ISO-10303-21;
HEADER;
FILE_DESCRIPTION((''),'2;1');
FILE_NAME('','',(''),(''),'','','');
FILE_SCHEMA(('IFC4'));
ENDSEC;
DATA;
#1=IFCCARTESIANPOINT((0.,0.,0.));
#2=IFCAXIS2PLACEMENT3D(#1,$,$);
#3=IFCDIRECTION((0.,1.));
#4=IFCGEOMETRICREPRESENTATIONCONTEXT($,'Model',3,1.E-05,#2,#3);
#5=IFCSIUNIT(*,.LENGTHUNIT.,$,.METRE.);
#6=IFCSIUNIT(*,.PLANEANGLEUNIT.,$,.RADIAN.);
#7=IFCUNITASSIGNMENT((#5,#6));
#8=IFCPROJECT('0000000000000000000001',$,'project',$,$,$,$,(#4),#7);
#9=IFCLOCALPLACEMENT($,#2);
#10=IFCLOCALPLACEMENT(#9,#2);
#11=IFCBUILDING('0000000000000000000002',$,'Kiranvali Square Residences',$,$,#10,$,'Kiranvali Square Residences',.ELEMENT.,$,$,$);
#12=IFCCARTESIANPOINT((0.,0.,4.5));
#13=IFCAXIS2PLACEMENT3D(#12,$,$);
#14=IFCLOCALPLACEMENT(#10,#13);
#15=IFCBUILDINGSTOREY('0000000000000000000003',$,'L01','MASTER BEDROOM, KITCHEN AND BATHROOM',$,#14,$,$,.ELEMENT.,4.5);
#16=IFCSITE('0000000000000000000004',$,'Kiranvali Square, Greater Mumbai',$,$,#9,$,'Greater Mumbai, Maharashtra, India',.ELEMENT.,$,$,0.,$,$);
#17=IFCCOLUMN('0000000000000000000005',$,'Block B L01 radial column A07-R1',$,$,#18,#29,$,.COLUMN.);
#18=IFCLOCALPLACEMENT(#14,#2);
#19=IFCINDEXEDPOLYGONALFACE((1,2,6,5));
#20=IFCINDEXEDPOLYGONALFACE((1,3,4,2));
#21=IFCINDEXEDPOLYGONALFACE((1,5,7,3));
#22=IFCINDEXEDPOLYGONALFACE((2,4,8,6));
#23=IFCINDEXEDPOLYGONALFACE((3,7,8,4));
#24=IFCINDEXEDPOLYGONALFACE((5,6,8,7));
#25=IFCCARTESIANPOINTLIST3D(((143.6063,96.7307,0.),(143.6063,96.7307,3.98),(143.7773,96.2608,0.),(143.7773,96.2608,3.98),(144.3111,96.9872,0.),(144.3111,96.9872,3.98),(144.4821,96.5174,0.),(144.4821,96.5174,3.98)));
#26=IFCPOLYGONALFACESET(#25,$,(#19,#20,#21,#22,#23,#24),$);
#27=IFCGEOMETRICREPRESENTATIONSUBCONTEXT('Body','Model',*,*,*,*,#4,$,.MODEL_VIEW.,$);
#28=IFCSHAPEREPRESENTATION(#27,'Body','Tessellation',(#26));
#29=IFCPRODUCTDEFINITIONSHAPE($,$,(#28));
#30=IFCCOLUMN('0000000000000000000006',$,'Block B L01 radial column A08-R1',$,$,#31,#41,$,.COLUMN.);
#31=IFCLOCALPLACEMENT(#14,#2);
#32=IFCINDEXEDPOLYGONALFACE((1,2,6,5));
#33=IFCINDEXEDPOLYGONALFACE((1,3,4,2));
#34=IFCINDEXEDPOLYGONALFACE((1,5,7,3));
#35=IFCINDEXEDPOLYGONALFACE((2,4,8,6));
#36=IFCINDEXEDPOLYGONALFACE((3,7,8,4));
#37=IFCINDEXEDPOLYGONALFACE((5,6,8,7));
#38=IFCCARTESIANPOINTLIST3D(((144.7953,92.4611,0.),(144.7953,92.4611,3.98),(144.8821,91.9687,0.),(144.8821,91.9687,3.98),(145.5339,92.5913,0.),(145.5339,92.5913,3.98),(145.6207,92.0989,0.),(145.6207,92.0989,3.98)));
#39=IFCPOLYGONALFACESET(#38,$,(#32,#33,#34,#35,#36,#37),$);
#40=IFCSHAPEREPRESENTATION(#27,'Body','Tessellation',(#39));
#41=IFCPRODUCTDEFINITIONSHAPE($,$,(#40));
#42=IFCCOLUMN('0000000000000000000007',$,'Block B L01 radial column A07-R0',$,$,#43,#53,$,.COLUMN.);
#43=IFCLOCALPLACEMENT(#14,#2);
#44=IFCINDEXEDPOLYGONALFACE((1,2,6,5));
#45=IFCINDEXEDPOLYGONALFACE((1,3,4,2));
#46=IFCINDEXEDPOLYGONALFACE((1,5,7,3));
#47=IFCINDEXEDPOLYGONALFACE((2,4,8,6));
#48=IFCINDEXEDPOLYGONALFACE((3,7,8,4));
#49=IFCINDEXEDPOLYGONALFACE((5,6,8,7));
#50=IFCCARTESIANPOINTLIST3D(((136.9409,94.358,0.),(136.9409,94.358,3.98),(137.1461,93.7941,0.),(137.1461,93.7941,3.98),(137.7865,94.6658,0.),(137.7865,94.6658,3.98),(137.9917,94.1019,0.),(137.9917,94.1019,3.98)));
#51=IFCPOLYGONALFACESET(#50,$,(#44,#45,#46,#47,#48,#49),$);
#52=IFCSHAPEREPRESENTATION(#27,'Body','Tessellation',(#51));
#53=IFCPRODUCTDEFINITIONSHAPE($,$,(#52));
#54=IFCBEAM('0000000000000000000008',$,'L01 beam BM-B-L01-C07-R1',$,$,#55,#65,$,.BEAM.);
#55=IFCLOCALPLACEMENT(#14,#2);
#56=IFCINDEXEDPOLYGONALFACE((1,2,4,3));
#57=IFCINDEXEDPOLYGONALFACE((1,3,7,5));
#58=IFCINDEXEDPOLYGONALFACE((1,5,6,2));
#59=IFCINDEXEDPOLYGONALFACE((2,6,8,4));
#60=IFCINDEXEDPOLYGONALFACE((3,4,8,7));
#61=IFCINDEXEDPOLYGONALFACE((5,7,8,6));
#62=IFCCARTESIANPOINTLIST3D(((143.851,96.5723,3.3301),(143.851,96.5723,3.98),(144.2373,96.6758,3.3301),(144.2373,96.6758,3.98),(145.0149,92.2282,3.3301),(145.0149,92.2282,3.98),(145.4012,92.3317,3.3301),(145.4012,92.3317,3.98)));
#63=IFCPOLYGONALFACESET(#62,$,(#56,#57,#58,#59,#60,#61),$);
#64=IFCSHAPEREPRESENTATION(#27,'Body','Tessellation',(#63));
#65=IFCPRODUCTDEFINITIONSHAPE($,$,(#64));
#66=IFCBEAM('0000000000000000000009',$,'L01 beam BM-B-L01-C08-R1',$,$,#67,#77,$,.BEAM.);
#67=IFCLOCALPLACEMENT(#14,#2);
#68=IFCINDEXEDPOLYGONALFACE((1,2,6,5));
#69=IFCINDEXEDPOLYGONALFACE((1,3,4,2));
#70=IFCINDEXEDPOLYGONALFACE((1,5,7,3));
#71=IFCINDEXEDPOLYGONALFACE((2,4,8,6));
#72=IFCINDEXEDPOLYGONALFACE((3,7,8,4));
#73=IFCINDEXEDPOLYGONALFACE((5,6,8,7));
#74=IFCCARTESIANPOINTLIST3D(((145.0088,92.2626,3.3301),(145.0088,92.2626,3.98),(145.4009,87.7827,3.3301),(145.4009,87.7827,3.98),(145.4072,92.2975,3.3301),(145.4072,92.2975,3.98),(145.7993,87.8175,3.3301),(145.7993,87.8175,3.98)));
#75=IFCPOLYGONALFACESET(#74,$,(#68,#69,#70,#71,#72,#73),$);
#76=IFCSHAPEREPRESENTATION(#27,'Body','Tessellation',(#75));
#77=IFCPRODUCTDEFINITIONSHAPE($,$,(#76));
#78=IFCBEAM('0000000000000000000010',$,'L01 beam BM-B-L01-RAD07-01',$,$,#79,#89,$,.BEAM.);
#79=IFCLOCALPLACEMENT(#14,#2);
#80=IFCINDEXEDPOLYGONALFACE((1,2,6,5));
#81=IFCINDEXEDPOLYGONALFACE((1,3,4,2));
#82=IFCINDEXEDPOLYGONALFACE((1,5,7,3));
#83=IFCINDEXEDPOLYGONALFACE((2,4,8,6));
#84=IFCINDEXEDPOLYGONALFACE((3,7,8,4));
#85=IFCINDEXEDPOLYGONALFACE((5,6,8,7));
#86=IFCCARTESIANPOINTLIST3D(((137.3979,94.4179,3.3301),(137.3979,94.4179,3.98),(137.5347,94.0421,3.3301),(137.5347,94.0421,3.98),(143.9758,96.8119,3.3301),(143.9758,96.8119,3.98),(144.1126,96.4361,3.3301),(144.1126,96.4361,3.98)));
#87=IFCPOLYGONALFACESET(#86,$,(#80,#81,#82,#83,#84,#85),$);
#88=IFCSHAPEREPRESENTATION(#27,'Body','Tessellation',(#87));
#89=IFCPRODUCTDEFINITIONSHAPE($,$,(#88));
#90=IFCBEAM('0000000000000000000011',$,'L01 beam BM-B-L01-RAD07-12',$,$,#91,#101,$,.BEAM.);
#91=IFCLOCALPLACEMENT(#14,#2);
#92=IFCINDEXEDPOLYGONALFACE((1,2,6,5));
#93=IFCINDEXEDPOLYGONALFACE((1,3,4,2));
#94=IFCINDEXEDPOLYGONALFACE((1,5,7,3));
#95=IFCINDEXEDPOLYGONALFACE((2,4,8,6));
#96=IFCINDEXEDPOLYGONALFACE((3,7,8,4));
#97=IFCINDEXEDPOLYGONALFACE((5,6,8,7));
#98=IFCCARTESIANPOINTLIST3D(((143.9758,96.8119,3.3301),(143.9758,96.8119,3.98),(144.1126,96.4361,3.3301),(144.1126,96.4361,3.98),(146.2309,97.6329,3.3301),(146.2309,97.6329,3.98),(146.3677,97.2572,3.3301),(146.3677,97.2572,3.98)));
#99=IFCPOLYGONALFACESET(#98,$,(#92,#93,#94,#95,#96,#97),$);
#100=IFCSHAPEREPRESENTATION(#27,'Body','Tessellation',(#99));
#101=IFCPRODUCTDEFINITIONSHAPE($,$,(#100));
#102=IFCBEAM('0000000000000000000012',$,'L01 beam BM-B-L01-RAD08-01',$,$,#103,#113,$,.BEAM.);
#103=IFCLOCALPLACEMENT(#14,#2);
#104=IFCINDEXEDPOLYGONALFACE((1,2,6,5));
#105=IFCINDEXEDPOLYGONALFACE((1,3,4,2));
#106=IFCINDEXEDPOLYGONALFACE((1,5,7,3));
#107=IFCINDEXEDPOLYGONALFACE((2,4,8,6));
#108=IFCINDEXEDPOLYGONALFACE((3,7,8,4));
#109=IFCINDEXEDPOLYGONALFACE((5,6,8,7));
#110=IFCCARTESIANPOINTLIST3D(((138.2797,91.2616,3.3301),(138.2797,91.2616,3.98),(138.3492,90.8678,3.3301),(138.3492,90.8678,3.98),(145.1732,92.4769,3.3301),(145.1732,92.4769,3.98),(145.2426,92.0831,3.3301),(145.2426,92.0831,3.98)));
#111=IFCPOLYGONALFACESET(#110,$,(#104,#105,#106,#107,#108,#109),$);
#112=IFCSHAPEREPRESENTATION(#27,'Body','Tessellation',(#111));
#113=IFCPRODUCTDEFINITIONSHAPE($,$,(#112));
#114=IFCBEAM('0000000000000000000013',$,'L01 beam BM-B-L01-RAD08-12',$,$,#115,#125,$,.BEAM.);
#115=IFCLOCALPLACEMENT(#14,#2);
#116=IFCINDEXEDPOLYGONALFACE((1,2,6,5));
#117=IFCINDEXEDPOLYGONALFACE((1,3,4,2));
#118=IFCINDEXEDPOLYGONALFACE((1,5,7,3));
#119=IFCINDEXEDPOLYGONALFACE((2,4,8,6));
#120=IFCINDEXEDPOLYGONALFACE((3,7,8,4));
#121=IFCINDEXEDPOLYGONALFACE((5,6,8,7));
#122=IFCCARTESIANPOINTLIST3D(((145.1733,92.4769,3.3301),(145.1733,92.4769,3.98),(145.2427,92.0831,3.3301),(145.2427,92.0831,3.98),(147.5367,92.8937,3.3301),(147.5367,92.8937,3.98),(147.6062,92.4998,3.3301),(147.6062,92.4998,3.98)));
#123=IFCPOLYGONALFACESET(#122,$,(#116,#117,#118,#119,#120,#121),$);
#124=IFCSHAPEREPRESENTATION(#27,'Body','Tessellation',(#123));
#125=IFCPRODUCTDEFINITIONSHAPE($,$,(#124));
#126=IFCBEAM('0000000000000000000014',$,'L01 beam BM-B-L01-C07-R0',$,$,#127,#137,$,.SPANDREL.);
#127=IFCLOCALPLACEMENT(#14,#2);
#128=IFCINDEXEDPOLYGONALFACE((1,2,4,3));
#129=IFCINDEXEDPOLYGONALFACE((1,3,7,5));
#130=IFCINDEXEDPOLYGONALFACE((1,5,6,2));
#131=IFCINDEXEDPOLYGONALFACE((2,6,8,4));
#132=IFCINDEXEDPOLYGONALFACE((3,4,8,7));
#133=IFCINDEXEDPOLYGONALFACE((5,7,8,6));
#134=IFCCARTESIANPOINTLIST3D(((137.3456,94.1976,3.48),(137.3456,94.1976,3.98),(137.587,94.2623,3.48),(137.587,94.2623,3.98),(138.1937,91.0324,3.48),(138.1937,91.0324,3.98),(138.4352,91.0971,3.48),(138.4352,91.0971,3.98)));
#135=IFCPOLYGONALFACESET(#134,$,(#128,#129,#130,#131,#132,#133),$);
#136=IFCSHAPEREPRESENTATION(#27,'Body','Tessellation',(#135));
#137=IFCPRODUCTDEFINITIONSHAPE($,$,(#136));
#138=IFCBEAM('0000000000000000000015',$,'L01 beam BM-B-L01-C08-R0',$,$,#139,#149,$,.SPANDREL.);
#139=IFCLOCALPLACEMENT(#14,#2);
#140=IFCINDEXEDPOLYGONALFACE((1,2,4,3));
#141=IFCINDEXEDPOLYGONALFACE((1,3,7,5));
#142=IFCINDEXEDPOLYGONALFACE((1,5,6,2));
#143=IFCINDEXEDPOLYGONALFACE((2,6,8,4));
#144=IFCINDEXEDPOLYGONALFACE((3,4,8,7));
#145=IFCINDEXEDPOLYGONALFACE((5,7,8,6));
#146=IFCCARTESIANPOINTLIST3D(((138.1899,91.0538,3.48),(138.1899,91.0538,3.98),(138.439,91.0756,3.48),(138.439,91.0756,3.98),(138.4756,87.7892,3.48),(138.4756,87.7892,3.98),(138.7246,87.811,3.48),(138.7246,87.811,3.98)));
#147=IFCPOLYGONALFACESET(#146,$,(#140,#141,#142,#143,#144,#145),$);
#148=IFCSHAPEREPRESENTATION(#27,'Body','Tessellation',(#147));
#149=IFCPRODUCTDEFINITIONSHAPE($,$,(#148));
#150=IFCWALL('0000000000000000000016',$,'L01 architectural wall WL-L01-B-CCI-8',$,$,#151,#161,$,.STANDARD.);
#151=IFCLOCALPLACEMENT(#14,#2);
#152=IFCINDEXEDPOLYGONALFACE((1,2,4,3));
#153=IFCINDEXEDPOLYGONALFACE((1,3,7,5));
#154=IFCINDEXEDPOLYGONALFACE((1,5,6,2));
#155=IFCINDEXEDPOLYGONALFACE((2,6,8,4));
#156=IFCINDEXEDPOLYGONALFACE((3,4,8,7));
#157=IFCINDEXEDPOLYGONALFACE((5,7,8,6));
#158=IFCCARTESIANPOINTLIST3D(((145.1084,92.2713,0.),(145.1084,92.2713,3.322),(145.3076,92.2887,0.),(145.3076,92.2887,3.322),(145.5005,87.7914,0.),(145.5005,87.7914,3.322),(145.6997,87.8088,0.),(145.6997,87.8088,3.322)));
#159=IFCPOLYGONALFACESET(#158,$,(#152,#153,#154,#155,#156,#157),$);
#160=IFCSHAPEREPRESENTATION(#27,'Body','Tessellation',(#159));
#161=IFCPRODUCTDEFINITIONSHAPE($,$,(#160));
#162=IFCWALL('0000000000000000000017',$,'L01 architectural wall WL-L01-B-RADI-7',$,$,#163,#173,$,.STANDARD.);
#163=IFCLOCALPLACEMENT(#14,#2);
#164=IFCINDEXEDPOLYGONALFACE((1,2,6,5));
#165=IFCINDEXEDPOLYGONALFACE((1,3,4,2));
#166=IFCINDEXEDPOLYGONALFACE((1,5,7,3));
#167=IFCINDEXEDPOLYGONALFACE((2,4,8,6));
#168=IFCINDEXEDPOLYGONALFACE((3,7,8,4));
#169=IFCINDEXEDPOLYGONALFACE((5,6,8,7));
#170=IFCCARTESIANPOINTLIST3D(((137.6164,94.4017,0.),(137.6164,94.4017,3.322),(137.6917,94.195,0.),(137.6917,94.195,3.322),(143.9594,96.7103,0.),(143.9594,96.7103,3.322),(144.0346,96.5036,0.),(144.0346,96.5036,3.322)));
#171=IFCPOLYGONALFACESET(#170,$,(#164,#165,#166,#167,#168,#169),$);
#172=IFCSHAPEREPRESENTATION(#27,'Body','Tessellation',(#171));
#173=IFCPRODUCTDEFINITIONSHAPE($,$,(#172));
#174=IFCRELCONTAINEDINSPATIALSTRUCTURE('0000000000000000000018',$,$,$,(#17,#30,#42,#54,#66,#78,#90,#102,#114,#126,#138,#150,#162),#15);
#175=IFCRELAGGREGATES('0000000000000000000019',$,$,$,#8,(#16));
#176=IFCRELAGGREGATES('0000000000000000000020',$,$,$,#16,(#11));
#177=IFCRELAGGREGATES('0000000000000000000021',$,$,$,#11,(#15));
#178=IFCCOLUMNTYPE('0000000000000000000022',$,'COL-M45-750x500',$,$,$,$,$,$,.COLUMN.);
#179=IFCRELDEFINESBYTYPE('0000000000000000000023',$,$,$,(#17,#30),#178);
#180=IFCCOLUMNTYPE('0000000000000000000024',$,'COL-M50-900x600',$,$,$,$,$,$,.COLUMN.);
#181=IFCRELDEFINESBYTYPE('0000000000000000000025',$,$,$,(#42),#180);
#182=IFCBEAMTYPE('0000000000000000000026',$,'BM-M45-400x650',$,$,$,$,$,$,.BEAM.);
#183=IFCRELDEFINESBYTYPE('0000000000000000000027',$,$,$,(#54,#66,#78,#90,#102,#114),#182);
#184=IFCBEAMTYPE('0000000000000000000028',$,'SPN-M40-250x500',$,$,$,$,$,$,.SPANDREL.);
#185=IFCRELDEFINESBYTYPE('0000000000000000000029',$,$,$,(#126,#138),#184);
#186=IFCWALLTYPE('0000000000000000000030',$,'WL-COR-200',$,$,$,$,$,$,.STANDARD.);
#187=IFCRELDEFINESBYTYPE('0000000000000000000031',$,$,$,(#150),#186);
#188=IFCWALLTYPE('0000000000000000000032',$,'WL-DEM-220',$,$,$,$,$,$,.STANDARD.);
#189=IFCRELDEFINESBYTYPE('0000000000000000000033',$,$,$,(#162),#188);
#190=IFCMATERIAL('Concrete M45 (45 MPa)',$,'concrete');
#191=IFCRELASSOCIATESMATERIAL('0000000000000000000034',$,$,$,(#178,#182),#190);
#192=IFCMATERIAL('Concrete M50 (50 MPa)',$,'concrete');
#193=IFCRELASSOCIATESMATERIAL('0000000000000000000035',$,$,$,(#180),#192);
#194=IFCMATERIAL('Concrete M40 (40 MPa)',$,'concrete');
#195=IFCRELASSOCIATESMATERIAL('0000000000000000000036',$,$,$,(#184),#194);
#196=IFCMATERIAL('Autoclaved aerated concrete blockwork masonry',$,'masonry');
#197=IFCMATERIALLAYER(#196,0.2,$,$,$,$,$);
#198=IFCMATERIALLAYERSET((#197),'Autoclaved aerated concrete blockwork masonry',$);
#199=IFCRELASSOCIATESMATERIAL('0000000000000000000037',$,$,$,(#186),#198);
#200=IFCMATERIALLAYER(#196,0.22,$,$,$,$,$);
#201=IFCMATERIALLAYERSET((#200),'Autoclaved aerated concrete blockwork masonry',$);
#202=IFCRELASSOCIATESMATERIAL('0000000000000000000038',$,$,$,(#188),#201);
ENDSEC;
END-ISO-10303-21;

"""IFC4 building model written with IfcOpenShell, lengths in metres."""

from ifc_helpers import new_model, si_unit, direction, frame, frame_2d, origin, origin_2d, place, context, subcontext, project, spatial, rectangle, extrude, material, layer, layer_set, material_profile, profile_set, type_object, element, save


model = new_model("IFC4")

# Units and contexts
model_context = context("Model", 3, precision=1e-05, world=origin(), true_north=direction((0.0, 1.0)))
body_context = subcontext(model_context, "Body", "Model", "MODEL_VIEW")
ifc_project = project(units=[si_unit("LENGTHUNIT", "METRE"), si_unit("PLANEANGLEUNIT", "RADIAN")], contexts=[model_context])

# Site, building, storey
site_placement = place(None, origin())
site = spatial("IfcSite", under=ifc_project, at=site_placement, Name="Kiranvali Square, Greater Mumbai", LongName="Greater Mumbai, Maharashtra, India", CompositionType="ELEMENT", RefElevation=0.0)
building_placement = place(site_placement, origin())
building = spatial("IfcBuilding", under=site, at=building_placement, Name="Kiranvali Square Residences", LongName="Kiranvali Square Residences", CompositionType="ELEMENT")
storey_placement = place(building_placement, frame((0.0, 0.0, 4.5)))
storey = spatial("IfcBuildingStorey", under=building, at=storey_placement, Name="L01", Description="MASTER BEDROOM, KITCHEN AND BATHROOM", CompositionType="ELEMENT", Elevation=4.5)

# Columns
ifc_material_1 = material(Name="Concrete M45 (45 MPa)", Category="concrete")
ifc_material_profile_1 = material_profile(ifc_material_1, rectangle(XDim=0.5, YDim=0.75, at=origin_2d()), Name="RC 750x500")
ifc_profile_set_1 = profile_set([ifc_material_profile_1], Name="Concrete M45 (45 MPa)")
column_type_1 = type_object("IfcColumnType", Name="COL-M45-750x500", PredefinedType="COLUMN", material=ifc_profile_set_1)
for number, where, z_axis, x_axis, name in (
    (1, (144.0442, 96.624, 0.0), (0.0, 0.0, 1.0), (-0.34202, 0.939693, 0.0), "Block B L01 radial column A07-R1"),
    (2, (145.208, 92.28, 0.0), (0.0, 0.0, 1.0), (-0.173648, 0.984808, 0.0), "Block B L01 radial column A08-R1"),
):
    element("IfcColumn", number, at=place(storey_placement, frame(where, z_axis=z_axis, x_axis=x_axis)), inside=storey, type_object=column_type_1, Name=name, PredefinedType="COLUMN", context=body_context, shape_type="SweptSolid", body=[
        extrude(rectangle(XDim=0.5, YDim=0.75, at=origin_2d()), origin(), (0.0, 0.0, 1.0), 3.98),
    ])
ifc_material_2 = material(Name="Concrete M50 (50 MPa)", Category="concrete")
ifc_material_profile_2 = material_profile(ifc_material_2, rectangle(XDim=0.6001, YDim=0.8999, at=origin_2d()), Name="RC 900x600")
ifc_profile_set_2 = profile_set([ifc_material_profile_2], Name="Concrete M50 (50 MPa)")
column_type_2 = type_object("IfcColumnType", Name="COL-M50-900x600", PredefinedType="COLUMN", material=ifc_profile_set_2)
column_placement = place(storey_placement, frame((137.4663, 94.23, 0.0), z_axis=(0.0, 0.0, 1.0), x_axis=(-0.34202, 0.939693, 0.0)))
element("IfcColumn", 3, at=column_placement, inside=storey, type_object=column_type_2, Name="Block B L01 radial column A07-R0", PredefinedType="COLUMN", context=body_context, shape_type="SweptSolid", body=[
    extrude(rectangle(XDim=0.6001, YDim=0.8999, at=origin_2d()), origin(), (0.0, 0.0, 1.0), 3.98),
])

# Beams
ifc_material_profile_3 = material_profile(ifc_material_1, rectangle(XDim=0.3999, YDim=0.6499, at=origin_2d()), Name="RC 400x650")
ifc_profile_set_3 = profile_set([ifc_material_profile_3], Name="Concrete M45 (45 MPa)")
beam_type_1 = type_object("IfcBeamType", Name="BM-M45-400x650", PredefinedType="BEAM", material=ifc_profile_set_3)
beam_1_placement = place(storey_placement, frame((144.0442, 96.624, 3.655), z_axis=(0.258788, -0.965934, 0.0), x_axis=(0.965934, 0.258788, 0.0)))
element("IfcBeam", 4, at=beam_1_placement, inside=storey, type_object=beam_type_1, Name="L01 beam BM-B-L01-C07-R1", PredefinedType="BEAM", context=body_context, shape_type="SweptSolid", body=[
    extrude(rectangle(XDim=0.3999, YDim=0.6499, at=origin_2d()), origin(), (0.0, 0.0, 1.0), 4.4973),
])
beam_2_placement = place(storey_placement, frame((145.208, 92.28, 3.655), z_axis=(0.087187, -0.996192, 0.0), x_axis=(0.996192, 0.087187, 0.0)))
element("IfcBeam", 5, at=beam_2_placement, inside=storey, type_object=beam_type_1, Name="L01 beam BM-B-L01-C08-R1", PredefinedType="BEAM", context=body_context, shape_type="SweptSolid", body=[
    extrude(rectangle(XDim=0.3999, YDim=0.6499, at=origin_2d()), origin(), (0.0, 0.0, 1.0), 4.4971),
])
beam_3_placement = place(storey_placement, frame((137.4663, 94.23, 3.655), z_axis=(0.939698, 0.342006, 0.0), x_axis=(-0.342006, 0.939698, 0.0)))
element("IfcBeam", 6, at=beam_3_placement, inside=storey, type_object=beam_type_1, Name="L01 beam BM-B-L01-RAD07-01", PredefinedType="BEAM", context=body_context, shape_type="SweptSolid", body=[
    extrude(rectangle(XDim=0.3999, YDim=0.6499, at=origin_2d()), origin(), (0.0, 0.0, 1.0), 7.0),
])
beam_4_placement = place(storey_placement, frame((144.0442, 96.624, 3.655), z_axis=(0.93966, 0.342111, 0.0), x_axis=(-0.342111, 0.93966, 0.0)))
element("IfcBeam", 7, at=beam_4_placement, inside=storey, type_object=beam_type_1, Name="L01 beam BM-B-L01-RAD07-12", PredefinedType="BEAM", context=body_context, shape_type="SweptSolid", body=[
    extrude(rectangle(XDim=0.3999, YDim=0.6499, at=origin_2d()), origin(), (0.0, 0.0, 1.0), 2.3999),
])
beam_5_placement = place(storey_placement, frame((138.3145, 91.0647, 3.655), z_axis=(0.984812, 0.173622, 0.0), x_axis=(-0.173622, 0.984812, 0.0)))
element("IfcBeam", 8, at=beam_5_placement, inside=storey, type_object=beam_type_1, Name="L01 beam BM-B-L01-RAD08-01", PredefinedType="BEAM", context=body_context, shape_type="SweptSolid", body=[
    extrude(rectangle(XDim=0.3999, YDim=0.6499, at=origin_2d()), origin(), (0.0, 0.0, 1.0), 6.9998),
])
beam_6_placement = place(storey_placement, frame((145.208, 92.28, 3.655), z_axis=(0.984808, 0.173646, 0.0), x_axis=(-0.173646, 0.984808, 0.0)))
element("IfcBeam", 9, at=beam_6_placement, inside=storey, type_object=beam_type_1, Name="L01 beam BM-B-L01-RAD08-12", PredefinedType="BEAM", context=body_context, shape_type="SweptSolid", body=[
    extrude(rectangle(XDim=0.3999, YDim=0.6499, at=origin_2d()), origin(), (0.0, 0.0, 1.0), 2.3999),
])
ifc_material_3 = material(Name="Concrete M40 (40 MPa)", Category="concrete")
ifc_material_profile_4 = material_profile(ifc_material_3, rectangle(XDim=0.25, YDim=0.5, at=origin_2d()), Name="RC 250x500")
ifc_profile_set_4 = profile_set([ifc_material_profile_4], Name="Concrete M40 (40 MPa)")
beam_type_2 = type_object("IfcBeamType", Name="SPN-M40-250x500", PredefinedType="SPANDREL", material=ifc_profile_set_4)
beam_7_placement = place(storey_placement, frame((137.4663, 94.23, 3.73), z_axis=(0.258822, -0.965925, 0.0), x_axis=(0.965925, 0.258822, 0.0)))
element("IfcBeam", 10, at=beam_7_placement, inside=storey, type_object=beam_type_2, Name="L01 beam BM-B-L01-C07-R0", PredefinedType="SPANDREL", context=body_context, shape_type="SweptSolid", body=[
    extrude(rectangle(XDim=0.25, YDim=0.5, at=origin_2d()), origin(), (0.0, 0.0, 1.0), 3.2769),
])
beam_8_placement = place(storey_placement, frame((138.3145, 91.0647, 3.73), z_axis=(0.087163, -0.996194, 0.0), x_axis=(0.996194, 0.087163, 0.0)))
element("IfcBeam", 11, at=beam_8_placement, inside=storey, type_object=beam_type_2, Name="L01 beam BM-B-L01-C08-R0", PredefinedType="SPANDREL", context=body_context, shape_type="SweptSolid", body=[
    extrude(rectangle(XDim=0.25, YDim=0.5, at=origin_2d()), origin(), (0.0, 0.0, 1.0), 3.2771),
])

# Walls
ifc_material_4 = material(Name="Autoclaved aerated concrete blockwork masonry", Category="masonry")
ifc_layer_1 = layer(ifc_material_4, 0.2)
ifc_layer_set_1 = layer_set([ifc_layer_1], Name="Autoclaved aerated concrete blockwork masonry")
wall_type_1 = type_object("IfcWallType", Name="WL-COR-200", PredefinedType="STANDARD", material=ifc_layer_set_1)
wall_1_placement = place(storey_placement, frame((145.208, 92.28, 0.0), z_axis=(0.0, 0.0, 1.0), x_axis=(0.087187, -0.996192, 0.0)))
element("IfcWall", 12, at=wall_1_placement, inside=storey, type_object=wall_type_1, Name="L01 architectural wall WL-L01-B-CCI-8", PredefinedType="STANDARD", context=body_context, shape_type="SweptSolid", body=[
    extrude(rectangle(XDim=4.4971, YDim=0.2, at=frame_2d((2.2485, 0.0))), origin(), (0.0, 0.0, 1.0), 3.322),
])
ifc_layer_2 = layer(ifc_material_4, 0.22)
ifc_layer_set_2 = layer_set([ifc_layer_2], Name="Autoclaved aerated concrete blockwork masonry")
wall_type_2 = type_object("IfcWallType", Name="WL-DEM-220", PredefinedType="STANDARD", material=ifc_layer_set_2)
wall_2_placement = place(storey_placement, frame((137.6541, 94.2983, 0.0), z_axis=(0.0, 0.0, 1.0), x_axis=(0.939696, 0.34201, 0.0)))
element("IfcWall", 13, at=wall_2_placement, inside=storey, type_object=wall_type_2, Name="L01 architectural wall WL-L01-B-RADI-7", PredefinedType="STANDARD", context=body_context, shape_type="SweptSolid", body=[
    extrude(rectangle(XDim=6.75, YDim=0.22, at=frame_2d((3.375, 0.0))), origin(), (0.0, 0.0, 1.0), 3.322),
])

save(model, "model.ifc")
